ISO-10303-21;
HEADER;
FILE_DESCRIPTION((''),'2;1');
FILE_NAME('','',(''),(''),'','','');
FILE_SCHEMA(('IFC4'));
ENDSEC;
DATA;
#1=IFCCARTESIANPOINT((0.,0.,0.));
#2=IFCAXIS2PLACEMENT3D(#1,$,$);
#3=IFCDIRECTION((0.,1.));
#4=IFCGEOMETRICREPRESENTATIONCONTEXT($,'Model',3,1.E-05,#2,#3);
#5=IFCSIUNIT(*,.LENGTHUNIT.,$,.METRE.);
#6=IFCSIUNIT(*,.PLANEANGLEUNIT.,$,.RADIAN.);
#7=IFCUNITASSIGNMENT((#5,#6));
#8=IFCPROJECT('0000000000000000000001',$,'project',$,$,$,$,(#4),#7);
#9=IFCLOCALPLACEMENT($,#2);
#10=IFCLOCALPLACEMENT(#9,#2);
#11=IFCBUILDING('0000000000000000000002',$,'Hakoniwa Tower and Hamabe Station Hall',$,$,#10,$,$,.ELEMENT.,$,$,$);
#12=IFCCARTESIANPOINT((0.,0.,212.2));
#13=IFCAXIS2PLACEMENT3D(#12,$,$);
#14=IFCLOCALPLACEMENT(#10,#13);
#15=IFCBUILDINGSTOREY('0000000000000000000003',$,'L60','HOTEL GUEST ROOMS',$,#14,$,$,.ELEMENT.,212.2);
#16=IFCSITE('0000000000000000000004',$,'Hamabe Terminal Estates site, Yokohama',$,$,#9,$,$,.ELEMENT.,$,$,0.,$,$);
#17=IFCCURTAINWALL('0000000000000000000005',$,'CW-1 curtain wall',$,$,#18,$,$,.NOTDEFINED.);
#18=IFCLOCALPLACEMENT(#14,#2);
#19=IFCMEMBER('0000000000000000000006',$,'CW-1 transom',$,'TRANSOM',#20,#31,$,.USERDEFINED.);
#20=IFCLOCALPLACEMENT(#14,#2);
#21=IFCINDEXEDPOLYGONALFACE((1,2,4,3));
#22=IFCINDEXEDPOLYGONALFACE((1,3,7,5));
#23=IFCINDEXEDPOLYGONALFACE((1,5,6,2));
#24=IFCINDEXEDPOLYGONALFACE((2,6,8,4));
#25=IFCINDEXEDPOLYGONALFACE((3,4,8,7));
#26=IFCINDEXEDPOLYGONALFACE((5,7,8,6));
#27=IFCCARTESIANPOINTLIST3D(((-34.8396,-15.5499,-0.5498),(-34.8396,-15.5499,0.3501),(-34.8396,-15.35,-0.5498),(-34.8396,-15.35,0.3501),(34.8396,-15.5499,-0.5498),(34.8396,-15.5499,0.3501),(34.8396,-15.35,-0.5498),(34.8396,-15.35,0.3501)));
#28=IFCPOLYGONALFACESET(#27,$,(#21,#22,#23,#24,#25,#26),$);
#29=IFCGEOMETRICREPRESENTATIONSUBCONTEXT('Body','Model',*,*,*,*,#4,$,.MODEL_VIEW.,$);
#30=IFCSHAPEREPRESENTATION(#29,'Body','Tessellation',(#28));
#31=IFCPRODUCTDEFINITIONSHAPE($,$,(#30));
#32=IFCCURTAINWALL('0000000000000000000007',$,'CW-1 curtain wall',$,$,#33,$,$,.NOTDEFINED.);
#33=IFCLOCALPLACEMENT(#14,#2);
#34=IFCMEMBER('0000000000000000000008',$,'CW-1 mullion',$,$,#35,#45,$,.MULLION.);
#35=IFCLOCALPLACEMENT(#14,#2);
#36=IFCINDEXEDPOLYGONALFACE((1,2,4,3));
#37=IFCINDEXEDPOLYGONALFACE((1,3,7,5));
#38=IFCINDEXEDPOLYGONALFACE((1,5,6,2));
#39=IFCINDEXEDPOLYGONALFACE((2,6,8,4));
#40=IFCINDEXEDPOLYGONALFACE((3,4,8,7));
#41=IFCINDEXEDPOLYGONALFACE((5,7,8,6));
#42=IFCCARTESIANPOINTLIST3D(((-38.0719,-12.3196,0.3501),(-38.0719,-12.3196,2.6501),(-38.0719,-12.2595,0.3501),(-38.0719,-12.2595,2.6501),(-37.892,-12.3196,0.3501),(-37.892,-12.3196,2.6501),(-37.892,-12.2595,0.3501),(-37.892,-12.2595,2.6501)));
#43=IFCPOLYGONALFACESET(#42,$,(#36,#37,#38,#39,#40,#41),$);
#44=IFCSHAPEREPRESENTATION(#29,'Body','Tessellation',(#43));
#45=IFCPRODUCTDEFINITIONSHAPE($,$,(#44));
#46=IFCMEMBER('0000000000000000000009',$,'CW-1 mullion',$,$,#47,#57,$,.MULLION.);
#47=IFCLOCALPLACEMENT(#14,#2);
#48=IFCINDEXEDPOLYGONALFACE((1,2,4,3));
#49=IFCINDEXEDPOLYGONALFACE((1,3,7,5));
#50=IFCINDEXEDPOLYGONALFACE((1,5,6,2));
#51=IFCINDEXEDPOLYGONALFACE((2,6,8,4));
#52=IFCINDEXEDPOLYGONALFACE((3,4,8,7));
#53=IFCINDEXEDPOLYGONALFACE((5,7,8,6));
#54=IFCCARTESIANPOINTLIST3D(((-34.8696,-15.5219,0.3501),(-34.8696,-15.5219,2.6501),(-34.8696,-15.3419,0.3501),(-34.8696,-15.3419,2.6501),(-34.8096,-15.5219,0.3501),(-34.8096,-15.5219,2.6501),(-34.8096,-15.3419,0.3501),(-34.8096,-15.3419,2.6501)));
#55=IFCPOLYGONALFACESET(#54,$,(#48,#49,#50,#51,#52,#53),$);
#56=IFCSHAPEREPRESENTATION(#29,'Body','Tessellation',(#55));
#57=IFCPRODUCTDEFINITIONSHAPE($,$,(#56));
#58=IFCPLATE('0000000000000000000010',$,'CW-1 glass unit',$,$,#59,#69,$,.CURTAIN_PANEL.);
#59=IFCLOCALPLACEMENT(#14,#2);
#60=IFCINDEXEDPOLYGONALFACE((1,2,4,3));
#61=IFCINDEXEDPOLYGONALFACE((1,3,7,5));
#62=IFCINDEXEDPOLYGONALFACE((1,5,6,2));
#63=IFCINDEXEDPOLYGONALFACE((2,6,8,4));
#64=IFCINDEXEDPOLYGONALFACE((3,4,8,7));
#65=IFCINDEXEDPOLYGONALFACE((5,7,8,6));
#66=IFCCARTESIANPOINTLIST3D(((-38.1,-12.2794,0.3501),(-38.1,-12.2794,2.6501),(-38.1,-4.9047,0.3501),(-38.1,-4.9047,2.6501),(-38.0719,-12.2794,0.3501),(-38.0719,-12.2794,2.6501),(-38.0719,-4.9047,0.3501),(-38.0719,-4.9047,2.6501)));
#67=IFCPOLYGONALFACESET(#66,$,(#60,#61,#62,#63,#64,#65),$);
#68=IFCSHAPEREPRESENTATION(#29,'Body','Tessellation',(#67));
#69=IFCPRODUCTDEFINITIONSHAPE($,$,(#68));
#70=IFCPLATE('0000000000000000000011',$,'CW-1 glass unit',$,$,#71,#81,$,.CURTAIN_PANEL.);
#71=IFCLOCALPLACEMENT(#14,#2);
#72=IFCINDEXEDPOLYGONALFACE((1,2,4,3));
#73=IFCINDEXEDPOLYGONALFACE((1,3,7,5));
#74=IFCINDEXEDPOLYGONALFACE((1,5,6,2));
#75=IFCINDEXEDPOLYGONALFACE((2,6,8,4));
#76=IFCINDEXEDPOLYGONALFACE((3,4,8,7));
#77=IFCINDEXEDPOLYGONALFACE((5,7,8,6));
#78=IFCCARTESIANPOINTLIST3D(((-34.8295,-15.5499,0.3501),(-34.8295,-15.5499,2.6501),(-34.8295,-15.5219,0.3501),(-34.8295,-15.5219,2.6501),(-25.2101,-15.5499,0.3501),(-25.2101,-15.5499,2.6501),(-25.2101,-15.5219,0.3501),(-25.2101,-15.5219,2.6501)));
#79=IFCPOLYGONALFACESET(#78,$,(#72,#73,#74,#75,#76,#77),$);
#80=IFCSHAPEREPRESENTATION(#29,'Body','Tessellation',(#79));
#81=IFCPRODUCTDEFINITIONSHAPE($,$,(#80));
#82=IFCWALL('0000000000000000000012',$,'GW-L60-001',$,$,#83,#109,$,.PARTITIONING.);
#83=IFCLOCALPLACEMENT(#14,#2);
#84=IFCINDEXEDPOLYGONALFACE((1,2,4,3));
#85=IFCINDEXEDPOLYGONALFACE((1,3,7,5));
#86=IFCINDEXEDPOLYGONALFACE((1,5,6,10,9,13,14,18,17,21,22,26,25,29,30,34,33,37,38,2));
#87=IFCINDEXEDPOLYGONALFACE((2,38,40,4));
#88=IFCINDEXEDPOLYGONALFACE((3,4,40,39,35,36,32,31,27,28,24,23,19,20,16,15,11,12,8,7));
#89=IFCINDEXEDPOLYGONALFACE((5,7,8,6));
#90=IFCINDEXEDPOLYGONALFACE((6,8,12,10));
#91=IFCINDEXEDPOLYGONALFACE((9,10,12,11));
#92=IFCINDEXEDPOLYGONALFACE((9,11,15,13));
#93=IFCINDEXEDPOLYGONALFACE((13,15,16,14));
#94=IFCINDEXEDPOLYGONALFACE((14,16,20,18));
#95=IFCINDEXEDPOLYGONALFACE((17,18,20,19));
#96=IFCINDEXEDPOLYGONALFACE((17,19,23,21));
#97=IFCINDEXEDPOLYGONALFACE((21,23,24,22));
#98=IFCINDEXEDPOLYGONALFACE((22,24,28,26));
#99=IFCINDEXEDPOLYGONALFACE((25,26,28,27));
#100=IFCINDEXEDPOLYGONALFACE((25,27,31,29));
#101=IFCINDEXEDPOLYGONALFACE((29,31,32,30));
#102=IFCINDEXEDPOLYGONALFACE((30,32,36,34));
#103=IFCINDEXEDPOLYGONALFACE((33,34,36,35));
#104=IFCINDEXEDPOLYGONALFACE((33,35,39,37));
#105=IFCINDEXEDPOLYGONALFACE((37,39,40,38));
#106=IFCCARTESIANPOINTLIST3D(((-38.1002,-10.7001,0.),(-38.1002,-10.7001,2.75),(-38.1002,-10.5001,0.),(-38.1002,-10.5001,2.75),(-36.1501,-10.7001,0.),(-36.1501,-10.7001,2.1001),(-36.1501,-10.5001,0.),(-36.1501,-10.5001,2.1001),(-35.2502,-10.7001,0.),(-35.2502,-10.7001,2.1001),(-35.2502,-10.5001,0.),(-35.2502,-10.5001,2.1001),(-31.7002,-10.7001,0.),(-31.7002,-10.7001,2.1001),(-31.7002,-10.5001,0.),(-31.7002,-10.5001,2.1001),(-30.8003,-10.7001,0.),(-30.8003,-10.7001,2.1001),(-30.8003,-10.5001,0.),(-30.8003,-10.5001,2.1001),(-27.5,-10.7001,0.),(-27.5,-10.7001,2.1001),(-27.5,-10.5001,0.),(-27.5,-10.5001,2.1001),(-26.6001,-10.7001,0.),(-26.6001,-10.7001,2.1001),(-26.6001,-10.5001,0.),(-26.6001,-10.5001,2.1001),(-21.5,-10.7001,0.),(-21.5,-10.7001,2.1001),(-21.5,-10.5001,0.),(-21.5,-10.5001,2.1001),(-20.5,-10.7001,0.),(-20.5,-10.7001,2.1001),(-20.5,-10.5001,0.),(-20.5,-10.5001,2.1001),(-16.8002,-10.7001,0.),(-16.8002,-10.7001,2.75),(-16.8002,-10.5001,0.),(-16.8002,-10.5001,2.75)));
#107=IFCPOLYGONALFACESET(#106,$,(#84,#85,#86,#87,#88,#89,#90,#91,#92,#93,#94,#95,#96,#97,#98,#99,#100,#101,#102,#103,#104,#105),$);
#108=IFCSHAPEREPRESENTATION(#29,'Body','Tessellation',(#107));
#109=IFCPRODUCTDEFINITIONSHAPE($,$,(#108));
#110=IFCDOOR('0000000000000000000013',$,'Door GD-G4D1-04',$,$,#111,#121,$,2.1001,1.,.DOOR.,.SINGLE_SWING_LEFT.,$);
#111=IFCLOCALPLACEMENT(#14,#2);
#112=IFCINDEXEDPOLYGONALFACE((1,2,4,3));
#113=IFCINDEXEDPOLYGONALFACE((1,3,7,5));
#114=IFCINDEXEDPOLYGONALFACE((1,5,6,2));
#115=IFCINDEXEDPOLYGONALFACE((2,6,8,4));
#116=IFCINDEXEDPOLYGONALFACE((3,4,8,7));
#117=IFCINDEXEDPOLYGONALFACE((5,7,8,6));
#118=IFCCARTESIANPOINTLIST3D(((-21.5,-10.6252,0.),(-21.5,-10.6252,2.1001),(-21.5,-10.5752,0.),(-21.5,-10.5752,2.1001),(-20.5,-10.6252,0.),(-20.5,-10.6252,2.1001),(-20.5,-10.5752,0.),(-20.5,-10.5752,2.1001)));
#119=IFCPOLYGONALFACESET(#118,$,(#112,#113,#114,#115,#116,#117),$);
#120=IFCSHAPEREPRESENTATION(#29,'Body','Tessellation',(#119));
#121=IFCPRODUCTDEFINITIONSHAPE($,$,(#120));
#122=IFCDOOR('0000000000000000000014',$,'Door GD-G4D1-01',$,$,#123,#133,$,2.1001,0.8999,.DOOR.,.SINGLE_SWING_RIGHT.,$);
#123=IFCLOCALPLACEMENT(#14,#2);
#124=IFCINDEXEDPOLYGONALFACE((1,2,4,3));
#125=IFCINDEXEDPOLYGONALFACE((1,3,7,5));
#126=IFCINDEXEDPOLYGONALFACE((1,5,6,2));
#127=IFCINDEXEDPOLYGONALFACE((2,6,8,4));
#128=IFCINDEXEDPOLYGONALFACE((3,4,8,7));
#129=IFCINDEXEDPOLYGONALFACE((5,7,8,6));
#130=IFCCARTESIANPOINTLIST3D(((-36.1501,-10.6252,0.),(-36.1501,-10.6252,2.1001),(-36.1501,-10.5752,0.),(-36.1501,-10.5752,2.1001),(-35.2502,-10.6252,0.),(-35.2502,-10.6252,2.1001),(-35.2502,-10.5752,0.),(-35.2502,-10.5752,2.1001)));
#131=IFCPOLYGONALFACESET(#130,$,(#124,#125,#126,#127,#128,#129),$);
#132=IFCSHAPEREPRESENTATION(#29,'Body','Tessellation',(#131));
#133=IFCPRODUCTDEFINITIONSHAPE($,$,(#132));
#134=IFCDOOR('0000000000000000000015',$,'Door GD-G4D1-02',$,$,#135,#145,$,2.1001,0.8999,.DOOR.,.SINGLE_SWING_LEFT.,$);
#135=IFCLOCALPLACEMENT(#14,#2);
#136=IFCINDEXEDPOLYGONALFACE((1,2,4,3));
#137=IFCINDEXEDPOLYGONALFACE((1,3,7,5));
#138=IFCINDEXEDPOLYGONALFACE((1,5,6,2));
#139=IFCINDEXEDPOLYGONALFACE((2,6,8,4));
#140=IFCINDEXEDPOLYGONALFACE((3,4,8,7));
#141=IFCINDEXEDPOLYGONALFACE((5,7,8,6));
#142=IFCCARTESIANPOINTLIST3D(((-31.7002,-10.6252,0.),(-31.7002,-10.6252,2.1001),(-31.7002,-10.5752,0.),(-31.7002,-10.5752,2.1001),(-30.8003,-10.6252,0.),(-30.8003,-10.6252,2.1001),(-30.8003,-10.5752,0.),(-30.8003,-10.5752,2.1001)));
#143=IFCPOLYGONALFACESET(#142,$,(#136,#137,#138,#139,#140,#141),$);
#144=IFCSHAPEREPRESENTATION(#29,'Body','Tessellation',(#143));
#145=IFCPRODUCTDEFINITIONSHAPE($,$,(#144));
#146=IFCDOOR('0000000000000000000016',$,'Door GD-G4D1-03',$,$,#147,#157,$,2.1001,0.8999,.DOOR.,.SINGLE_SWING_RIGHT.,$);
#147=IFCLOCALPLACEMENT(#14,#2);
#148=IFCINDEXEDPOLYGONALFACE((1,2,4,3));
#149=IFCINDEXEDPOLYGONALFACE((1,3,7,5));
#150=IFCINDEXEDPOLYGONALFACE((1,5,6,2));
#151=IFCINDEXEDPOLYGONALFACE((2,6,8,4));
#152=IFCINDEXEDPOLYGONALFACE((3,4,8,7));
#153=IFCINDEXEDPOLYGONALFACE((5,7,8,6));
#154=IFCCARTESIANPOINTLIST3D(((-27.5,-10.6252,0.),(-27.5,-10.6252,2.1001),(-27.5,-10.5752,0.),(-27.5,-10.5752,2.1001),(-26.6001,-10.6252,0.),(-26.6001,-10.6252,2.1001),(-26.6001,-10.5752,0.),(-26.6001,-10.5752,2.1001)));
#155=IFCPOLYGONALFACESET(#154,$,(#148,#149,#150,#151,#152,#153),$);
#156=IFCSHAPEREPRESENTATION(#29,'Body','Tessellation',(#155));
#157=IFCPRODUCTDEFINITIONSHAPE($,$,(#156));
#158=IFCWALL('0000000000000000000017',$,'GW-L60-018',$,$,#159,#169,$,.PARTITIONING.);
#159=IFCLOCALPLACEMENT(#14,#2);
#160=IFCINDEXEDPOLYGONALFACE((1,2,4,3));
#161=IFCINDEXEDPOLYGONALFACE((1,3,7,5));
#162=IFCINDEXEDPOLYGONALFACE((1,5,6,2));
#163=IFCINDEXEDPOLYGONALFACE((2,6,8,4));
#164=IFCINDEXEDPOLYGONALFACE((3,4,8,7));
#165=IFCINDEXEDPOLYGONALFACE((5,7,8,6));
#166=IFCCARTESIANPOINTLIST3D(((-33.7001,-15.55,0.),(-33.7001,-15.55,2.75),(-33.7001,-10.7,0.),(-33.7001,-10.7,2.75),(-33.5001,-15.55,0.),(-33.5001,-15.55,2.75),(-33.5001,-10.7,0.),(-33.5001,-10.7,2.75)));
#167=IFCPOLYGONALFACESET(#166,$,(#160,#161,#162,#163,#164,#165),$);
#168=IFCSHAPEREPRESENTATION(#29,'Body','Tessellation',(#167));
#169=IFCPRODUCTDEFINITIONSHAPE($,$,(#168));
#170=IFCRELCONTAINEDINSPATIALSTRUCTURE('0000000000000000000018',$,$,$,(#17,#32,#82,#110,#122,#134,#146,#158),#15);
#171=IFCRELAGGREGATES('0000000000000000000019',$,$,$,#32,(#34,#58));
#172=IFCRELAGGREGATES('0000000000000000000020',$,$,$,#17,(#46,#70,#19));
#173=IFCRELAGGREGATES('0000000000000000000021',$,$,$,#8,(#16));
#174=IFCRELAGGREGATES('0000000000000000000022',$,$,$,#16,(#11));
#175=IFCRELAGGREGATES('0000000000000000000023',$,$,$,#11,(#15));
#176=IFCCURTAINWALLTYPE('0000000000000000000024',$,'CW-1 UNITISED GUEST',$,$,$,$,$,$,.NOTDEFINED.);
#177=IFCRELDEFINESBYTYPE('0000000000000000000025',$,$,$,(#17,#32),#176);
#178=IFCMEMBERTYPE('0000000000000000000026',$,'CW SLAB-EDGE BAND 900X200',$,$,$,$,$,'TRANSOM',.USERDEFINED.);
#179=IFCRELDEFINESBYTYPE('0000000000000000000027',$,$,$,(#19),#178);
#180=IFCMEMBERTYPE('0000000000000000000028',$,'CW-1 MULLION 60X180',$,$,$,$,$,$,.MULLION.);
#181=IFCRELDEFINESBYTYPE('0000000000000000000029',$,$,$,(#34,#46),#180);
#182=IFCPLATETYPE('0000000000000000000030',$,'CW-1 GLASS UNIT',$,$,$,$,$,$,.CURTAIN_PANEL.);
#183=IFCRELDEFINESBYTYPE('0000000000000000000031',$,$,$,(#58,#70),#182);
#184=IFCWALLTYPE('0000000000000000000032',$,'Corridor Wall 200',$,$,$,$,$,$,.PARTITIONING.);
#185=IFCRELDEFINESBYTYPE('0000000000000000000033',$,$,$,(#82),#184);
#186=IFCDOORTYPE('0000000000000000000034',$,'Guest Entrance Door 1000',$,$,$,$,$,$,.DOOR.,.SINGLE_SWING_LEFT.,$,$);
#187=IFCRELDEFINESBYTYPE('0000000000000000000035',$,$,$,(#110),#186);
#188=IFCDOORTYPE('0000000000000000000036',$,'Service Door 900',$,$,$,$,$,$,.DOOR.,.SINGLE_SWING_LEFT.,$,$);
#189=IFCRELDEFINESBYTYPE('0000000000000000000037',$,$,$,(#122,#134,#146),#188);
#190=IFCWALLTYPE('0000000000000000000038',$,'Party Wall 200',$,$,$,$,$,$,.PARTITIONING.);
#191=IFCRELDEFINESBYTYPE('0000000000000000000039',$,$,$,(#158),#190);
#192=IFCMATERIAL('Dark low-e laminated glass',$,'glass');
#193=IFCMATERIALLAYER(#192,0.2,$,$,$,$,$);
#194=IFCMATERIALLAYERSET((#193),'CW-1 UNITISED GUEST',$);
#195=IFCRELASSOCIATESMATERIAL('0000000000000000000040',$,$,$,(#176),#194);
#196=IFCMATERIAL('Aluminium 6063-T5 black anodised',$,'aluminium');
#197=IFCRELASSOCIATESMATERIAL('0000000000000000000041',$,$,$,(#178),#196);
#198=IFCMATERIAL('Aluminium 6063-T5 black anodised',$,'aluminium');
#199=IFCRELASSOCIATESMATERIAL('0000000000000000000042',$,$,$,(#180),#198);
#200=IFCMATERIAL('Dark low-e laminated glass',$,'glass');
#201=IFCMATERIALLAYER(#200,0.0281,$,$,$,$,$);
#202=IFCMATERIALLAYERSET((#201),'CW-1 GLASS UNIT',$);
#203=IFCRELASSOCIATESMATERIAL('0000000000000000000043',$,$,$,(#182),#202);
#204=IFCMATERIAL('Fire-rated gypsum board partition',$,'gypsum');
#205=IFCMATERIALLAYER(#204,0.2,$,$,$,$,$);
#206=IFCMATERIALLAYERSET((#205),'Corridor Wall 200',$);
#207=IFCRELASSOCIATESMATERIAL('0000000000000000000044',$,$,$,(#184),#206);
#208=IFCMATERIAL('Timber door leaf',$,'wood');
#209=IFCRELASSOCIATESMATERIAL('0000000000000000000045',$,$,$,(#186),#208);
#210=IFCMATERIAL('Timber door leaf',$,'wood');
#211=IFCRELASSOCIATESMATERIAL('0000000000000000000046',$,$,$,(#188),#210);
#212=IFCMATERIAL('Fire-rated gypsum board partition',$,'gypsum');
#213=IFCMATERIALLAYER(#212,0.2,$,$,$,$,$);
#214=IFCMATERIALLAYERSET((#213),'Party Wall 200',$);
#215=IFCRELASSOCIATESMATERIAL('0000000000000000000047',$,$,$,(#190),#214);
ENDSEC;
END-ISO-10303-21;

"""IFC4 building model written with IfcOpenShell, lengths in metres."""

from ifc_helpers import new_model, si_unit, direction, frame, frame_2d, origin, origin_2d, place, context, subcontext, project, spatial, rectangle, extrude, material, layer, layer_set, material_profile, profile_set, type_object, element, fill, aggregate, save


model = new_model("IFC4")

# Units and contexts
model_context = context("Model", 3, precision=1e-05, world=origin(), true_north=direction((0.0, 1.0)))
body_context = subcontext(model_context, "Body", "Model", "MODEL_VIEW")
ifc_project = project(units=[si_unit("LENGTHUNIT", "METRE"), si_unit("PLANEANGLEUNIT", "RADIAN")], contexts=[model_context])

# Site, building, storey
site_placement = place(None, origin())
site = spatial("IfcSite", under=ifc_project, at=site_placement, Name="Hamabe Terminal Estates site, Yokohama", CompositionType="ELEMENT", RefElevation=0.0)
building_placement = place(site_placement, origin())
building = spatial("IfcBuilding", under=site, at=building_placement, Name="Hakoniwa Tower and Hamabe Station Hall", CompositionType="ELEMENT")
storey_placement = place(building_placement, frame((0.0, 0.0, 212.2)))
storey = spatial("IfcBuildingStorey", under=building, at=storey_placement, Name="L60", Description="HOTEL GUEST ROOMS", CompositionType="ELEMENT", Elevation=212.2)

# Curtain walls, members
ifc_material_1 = material(Name="Dark low-e laminated glass", Category="glass")
ifc_layer_1 = layer(ifc_material_1, 0.2)
ifc_layer_set_1 = layer_set([ifc_layer_1], Name="CW-1 UNITISED GUEST")
curtain_wall_type = type_object("IfcCurtainWallType", Name="CW-1 UNITISED GUEST", PredefinedType="NOTDEFINED", material=ifc_layer_set_1)
curtain_wall_1_placement = place(storey_placement, origin())
curtain_wall_1 = element("IfcCurtainWall", 1, at=curtain_wall_1_placement, inside=storey, type_object=curtain_wall_type, Name="CW-1 curtain wall", PredefinedType="NOTDEFINED")
ifc_material_2 = material(Name="Aluminium 6063-T5 black anodised", Category="aluminium")
ifc_material_profile_1 = material_profile(ifc_material_2, rectangle(XDim=0.2, YDim=0.8999, at=origin_2d()), Name="CW SLAB-EDGE BAND 900X200")
ifc_profile_set_1 = profile_set([ifc_material_profile_1], Name="Aluminium 6063-T5 black anodised")
member_type_1 = type_object("IfcMemberType", Name="CW SLAB-EDGE BAND 900X200", ElementType="TRANSOM", PredefinedType="USERDEFINED", material=ifc_profile_set_1)
member_1_placement = place(storey_placement, frame((-34.8396, -15.45, -0.0999), z_axis=(1.0, 0.0, 0.0), x_axis=(0.0, 1.0, 0.0)))
member_1 = element("IfcMember", 2, at=member_1_placement, type_object=member_type_1, Name="CW-1 transom", ObjectType="TRANSOM", PredefinedType="USERDEFINED", context=body_context, shape_type="SweptSolid", body=[
    extrude(rectangle(XDim=0.2, YDim=0.8999, at=origin_2d()), origin(), (0.0, 0.0, 1.0), 69.6792),
])
curtain_wall_2_placement = place(storey_placement, origin())
curtain_wall_2 = element("IfcCurtainWall", 3, at=curtain_wall_2_placement, inside=storey, type_object=curtain_wall_type, Name="CW-1 curtain wall", PredefinedType="NOTDEFINED")
ifc_material_3 = material(Name="Aluminium 6063-T5 black anodised", Category="aluminium")
ifc_material_profile_2 = material_profile(ifc_material_3, rectangle(XDim=0.0601, YDim=0.1799, at=origin_2d()), Name="CW-1 MULLION 60X180")
ifc_profile_set_2 = profile_set([ifc_material_profile_2], Name="Aluminium 6063-T5 black anodised")
member_type_2 = type_object("IfcMemberType", Name="CW-1 MULLION 60X180", PredefinedType="MULLION", material=ifc_profile_set_2)
member_2_placement = place(storey_placement, frame((-37.9819, -12.2896, 0.3501), z_axis=(0.0, 0.0, 1.0), x_axis=(0.0, -1.0, 0.0)))
member_2 = element("IfcMember", 4, at=member_2_placement, type_object=member_type_2, Name="CW-1 mullion", PredefinedType="MULLION", context=body_context, shape_type="SweptSolid", body=[
    extrude(rectangle(XDim=0.0601, YDim=0.1799, at=origin_2d()), origin(), (0.0, 0.0, 1.0), 2.3),
])

# Member
member_3_placement = place(storey_placement, frame((-34.8396, -15.4319, 0.3501), z_axis=(0.0, 0.0, 1.0), x_axis=(1.0, 0.0, 0.0)))
member_3 = element("IfcMember", 5, at=member_3_placement, type_object=member_type_2, Name="CW-1 mullion", PredefinedType="MULLION", context=body_context, shape_type="SweptSolid", body=[
    extrude(rectangle(XDim=0.0601, YDim=0.1799, at=origin_2d()), origin(), (0.0, 0.0, 1.0), 2.3),
])

# Plates
ifc_material_4 = material(Name="Dark low-e laminated glass", Category="glass")
ifc_layer_2 = layer(ifc_material_4, 0.0281)
ifc_layer_set_2 = layer_set([ifc_layer_2], Name="CW-1 GLASS UNIT")
plate_type = type_object("IfcPlateType", Name="CW-1 GLASS UNIT", PredefinedType="CURTAIN_PANEL", material=ifc_layer_set_2)
plate_1_placement = place(storey_placement, frame((-38.0859, -8.592, 0.3501), z_axis=(0.0, 0.0, 1.0), x_axis=(0.0, -1.0, 0.0)))
plate_1 = element("IfcPlate", 6, at=plate_1_placement, type_object=plate_type, Name="CW-1 glass unit", PredefinedType="CURTAIN_PANEL", context=body_context, shape_type="SweptSolid", body=[
    extrude(rectangle(XDim=7.3748, YDim=0.0281, at=origin_2d()), origin(), (0.0, 0.0, 1.0), 2.3),
])
aggregate(curtain_wall_2, [member_2, plate_1])
plate_2_placement = place(storey_placement, frame((-30.0198, -15.5359, 0.3501), z_axis=(0.0, 0.0, 1.0), x_axis=(1.0, 0.0, 0.0)))
plate_2 = element("IfcPlate", 7, at=plate_2_placement, type_object=plate_type, Name="CW-1 glass unit", PredefinedType="CURTAIN_PANEL", context=body_context, shape_type="SweptSolid", body=[
    extrude(rectangle(XDim=9.6194, YDim=0.0281, at=origin_2d()), origin(), (0.0, 0.0, 1.0), 2.3),
])
aggregate(curtain_wall_1, [member_3, plate_2, member_1])

# Wall, openings, doors
ifc_material_5 = material(Name="Fire-rated gypsum board partition", Category="gypsum")
ifc_layer_3 = layer(ifc_material_5, 0.2)
ifc_layer_set_3 = layer_set([ifc_layer_3], Name="Corridor Wall 200")
wall_type_1 = type_object("IfcWallType", Name="Corridor Wall 200", PredefinedType="PARTITIONING", material=ifc_layer_set_3)
wall_placement = place(storey_placement, frame((-38.1001, -10.6001, 0.0), z_axis=(0.0, 0.0, 1.0), x_axis=(1.0, 0.0, 0.0)))
wall = element("IfcWall", 8, at=wall_placement, inside=storey, type_object=wall_type_1, Name="GW-L60-001", PredefinedType="PARTITIONING", context=body_context, shape_type="SweptSolid", body=[
    extrude(rectangle(XDim=21.3, YDim=0.2, at=frame_2d((10.6499, 0.0))), origin(), (0.0, 0.0, 1.0), 2.75),
])
opening_1_placement = place(wall_placement, frame((1.95, 0.0, 0.0)))
opening_1 = element("IfcOpeningElement", 9, at=opening_1_placement, cuts=wall, PredefinedType="OPENING", context=body_context, shape_type="SweptSolid", body=[
    extrude(rectangle(XDim=0.8999, YDim=2.1001, at=frame_2d((0.45, 1.05))), frame((0.0, 0.1099, 0.0), z_axis=(0.0, -1.0, 0.0), x_axis=(1.0, 0.0, 0.0)), (0.0, 0.0, 1.0), 0.22),
])
opening_2_placement = place(wall_placement, frame((6.3999, 0.0, 0.0)))
opening_2 = element("IfcOpeningElement", 10, at=opening_2_placement, cuts=wall, PredefinedType="OPENING", context=body_context, shape_type="SweptSolid", body=[
    extrude(rectangle(XDim=0.8999, YDim=2.1001, at=frame_2d((0.45, 1.05))), frame((0.0, 0.1099, 0.0), z_axis=(0.0, -1.0, 0.0), x_axis=(1.0, 0.0, 0.0)), (0.0, 0.0, 1.0), 0.22),
])
opening_3_placement = place(wall_placement, frame((10.6001, 0.0, 0.0)))
opening_3 = element("IfcOpeningElement", 11, at=opening_3_placement, cuts=wall, PredefinedType="OPENING", context=body_context, shape_type="SweptSolid", body=[
    extrude(rectangle(XDim=0.8999, YDim=2.1001, at=frame_2d((0.45, 1.05))), frame((0.0, 0.1099, 0.0), z_axis=(0.0, -1.0, 0.0), x_axis=(1.0, 0.0, 0.0)), (0.0, 0.0, 1.0), 0.22),
])
opening_4_placement = place(wall_placement, frame((16.6001, 0.0, 0.0)))
opening_4 = element("IfcOpeningElement", 12, at=opening_4_placement, cuts=wall, PredefinedType="OPENING", context=body_context, shape_type="SweptSolid", body=[
    extrude(rectangle(XDim=1.0, YDim=2.1001, at=frame_2d((0.5, 1.05))), frame((0.0, 0.1099, 0.0), z_axis=(0.0, -1.0, 0.0), x_axis=(1.0, 0.0, 0.0)), (0.0, 0.0, 1.0), 0.22),
])
ifc_material_6 = material(Name="Timber door leaf", Category="wood")
door_type_1 = type_object("IfcDoorType", Name="Guest Entrance Door 1000", OperationType="SINGLE_SWING_LEFT", PredefinedType="DOOR", material=ifc_material_6)
door_1_placement = place(opening_4_placement, origin())
door_1 = element("IfcDoor", 13, at=door_1_placement, inside=storey, type_object=door_type_1, Name="Door GD-G4D1-04", OperationType="SINGLE_SWING_LEFT", OverallHeight=2.1001, OverallWidth=1.0, PredefinedType="DOOR", context=body_context, shape_type="SweptSolid", body=[
    extrude(rectangle(XDim=1.0, YDim=2.1001, at=frame_2d((0.5, 1.05))), frame((0.0, 0.0249, 0.0), z_axis=(0.0, -1.0, 0.0), x_axis=(1.0, 0.0, 0.0)), (0.0, 0.0, 1.0), 0.05),
])
fill(opening_4, door_1)
ifc_material_7 = material(Name="Timber door leaf", Category="wood")
door_type_2 = type_object("IfcDoorType", Name="Service Door 900", OperationType="SINGLE_SWING_LEFT", PredefinedType="DOOR", material=ifc_material_7)
door_2_placement = place(opening_1_placement, origin())
door_2 = element("IfcDoor", 14, at=door_2_placement, inside=storey, type_object=door_type_2, Name="Door GD-G4D1-01", OperationType="SINGLE_SWING_RIGHT", OverallHeight=2.1001, OverallWidth=0.8999, PredefinedType="DOOR", context=body_context, shape_type="SweptSolid", body=[
    extrude(rectangle(XDim=0.8999, YDim=2.1001, at=frame_2d((0.45, 1.05))), frame((0.0, 0.0249, 0.0), z_axis=(0.0, -1.0, 0.0), x_axis=(1.0, 0.0, 0.0)), (0.0, 0.0, 1.0), 0.05),
])
fill(opening_1, door_2)
door_3_placement = place(opening_2_placement, origin())
door_3 = element("IfcDoor", 15, at=door_3_placement, inside=storey, type_object=door_type_2, Name="Door GD-G4D1-02", OperationType="SINGLE_SWING_LEFT", OverallHeight=2.1001, OverallWidth=0.8999, PredefinedType="DOOR", context=body_context, shape_type="SweptSolid", body=[
    extrude(rectangle(XDim=0.8999, YDim=2.1001, at=frame_2d((0.45, 1.05))), frame((0.0, 0.0249, 0.0), z_axis=(0.0, -1.0, 0.0), x_axis=(1.0, 0.0, 0.0)), (0.0, 0.0, 1.0), 0.05),
])
fill(opening_2, door_3)
door_4_placement = place(opening_3_placement, origin())
door_4 = element("IfcDoor", 16, at=door_4_placement, inside=storey, type_object=door_type_2, Name="Door GD-G4D1-03", OperationType="SINGLE_SWING_RIGHT", OverallHeight=2.1001, OverallWidth=0.8999, PredefinedType="DOOR", context=body_context, shape_type="SweptSolid", body=[
    extrude(rectangle(XDim=0.8999, YDim=2.1001, at=frame_2d((0.45, 1.05))), frame((0.0, 0.0249, 0.0), z_axis=(0.0, -1.0, 0.0), x_axis=(1.0, 0.0, 0.0)), (0.0, 0.0, 1.0), 0.05),
])
fill(opening_3, door_4)

# Wall
ifc_material_8 = material(Name="Fire-rated gypsum board partition", Category="gypsum")
ifc_layer_4 = layer(ifc_material_8, 0.2)
ifc_layer_set_4 = layer_set([ifc_layer_4], Name="Party Wall 200")
wall_type_2 = type_object("IfcWallType", Name="Party Wall 200", PredefinedType="PARTITIONING", material=ifc_layer_set_4)
for number, where, z_axis, x_axis, name in (
    (17, (-33.6001, -15.55, 0.0), (0.0, 0.0, 1.0), (0.0, 1.0, 0.0), "GW-L60-018"),
):
    element("IfcWall", number, at=place(storey_placement, frame(where, z_axis=z_axis, x_axis=x_axis)), inside=storey, type_object=wall_type_2, Name=name, PredefinedType="PARTITIONING", context=body_context, shape_type="SweptSolid", body=[
        extrude(rectangle(XDim=4.8501, YDim=0.2, at=frame_2d((2.425, 0.0))), origin(), (0.0, 0.0, 1.0), 2.75),
    ])

save(model, "model.ifc")
